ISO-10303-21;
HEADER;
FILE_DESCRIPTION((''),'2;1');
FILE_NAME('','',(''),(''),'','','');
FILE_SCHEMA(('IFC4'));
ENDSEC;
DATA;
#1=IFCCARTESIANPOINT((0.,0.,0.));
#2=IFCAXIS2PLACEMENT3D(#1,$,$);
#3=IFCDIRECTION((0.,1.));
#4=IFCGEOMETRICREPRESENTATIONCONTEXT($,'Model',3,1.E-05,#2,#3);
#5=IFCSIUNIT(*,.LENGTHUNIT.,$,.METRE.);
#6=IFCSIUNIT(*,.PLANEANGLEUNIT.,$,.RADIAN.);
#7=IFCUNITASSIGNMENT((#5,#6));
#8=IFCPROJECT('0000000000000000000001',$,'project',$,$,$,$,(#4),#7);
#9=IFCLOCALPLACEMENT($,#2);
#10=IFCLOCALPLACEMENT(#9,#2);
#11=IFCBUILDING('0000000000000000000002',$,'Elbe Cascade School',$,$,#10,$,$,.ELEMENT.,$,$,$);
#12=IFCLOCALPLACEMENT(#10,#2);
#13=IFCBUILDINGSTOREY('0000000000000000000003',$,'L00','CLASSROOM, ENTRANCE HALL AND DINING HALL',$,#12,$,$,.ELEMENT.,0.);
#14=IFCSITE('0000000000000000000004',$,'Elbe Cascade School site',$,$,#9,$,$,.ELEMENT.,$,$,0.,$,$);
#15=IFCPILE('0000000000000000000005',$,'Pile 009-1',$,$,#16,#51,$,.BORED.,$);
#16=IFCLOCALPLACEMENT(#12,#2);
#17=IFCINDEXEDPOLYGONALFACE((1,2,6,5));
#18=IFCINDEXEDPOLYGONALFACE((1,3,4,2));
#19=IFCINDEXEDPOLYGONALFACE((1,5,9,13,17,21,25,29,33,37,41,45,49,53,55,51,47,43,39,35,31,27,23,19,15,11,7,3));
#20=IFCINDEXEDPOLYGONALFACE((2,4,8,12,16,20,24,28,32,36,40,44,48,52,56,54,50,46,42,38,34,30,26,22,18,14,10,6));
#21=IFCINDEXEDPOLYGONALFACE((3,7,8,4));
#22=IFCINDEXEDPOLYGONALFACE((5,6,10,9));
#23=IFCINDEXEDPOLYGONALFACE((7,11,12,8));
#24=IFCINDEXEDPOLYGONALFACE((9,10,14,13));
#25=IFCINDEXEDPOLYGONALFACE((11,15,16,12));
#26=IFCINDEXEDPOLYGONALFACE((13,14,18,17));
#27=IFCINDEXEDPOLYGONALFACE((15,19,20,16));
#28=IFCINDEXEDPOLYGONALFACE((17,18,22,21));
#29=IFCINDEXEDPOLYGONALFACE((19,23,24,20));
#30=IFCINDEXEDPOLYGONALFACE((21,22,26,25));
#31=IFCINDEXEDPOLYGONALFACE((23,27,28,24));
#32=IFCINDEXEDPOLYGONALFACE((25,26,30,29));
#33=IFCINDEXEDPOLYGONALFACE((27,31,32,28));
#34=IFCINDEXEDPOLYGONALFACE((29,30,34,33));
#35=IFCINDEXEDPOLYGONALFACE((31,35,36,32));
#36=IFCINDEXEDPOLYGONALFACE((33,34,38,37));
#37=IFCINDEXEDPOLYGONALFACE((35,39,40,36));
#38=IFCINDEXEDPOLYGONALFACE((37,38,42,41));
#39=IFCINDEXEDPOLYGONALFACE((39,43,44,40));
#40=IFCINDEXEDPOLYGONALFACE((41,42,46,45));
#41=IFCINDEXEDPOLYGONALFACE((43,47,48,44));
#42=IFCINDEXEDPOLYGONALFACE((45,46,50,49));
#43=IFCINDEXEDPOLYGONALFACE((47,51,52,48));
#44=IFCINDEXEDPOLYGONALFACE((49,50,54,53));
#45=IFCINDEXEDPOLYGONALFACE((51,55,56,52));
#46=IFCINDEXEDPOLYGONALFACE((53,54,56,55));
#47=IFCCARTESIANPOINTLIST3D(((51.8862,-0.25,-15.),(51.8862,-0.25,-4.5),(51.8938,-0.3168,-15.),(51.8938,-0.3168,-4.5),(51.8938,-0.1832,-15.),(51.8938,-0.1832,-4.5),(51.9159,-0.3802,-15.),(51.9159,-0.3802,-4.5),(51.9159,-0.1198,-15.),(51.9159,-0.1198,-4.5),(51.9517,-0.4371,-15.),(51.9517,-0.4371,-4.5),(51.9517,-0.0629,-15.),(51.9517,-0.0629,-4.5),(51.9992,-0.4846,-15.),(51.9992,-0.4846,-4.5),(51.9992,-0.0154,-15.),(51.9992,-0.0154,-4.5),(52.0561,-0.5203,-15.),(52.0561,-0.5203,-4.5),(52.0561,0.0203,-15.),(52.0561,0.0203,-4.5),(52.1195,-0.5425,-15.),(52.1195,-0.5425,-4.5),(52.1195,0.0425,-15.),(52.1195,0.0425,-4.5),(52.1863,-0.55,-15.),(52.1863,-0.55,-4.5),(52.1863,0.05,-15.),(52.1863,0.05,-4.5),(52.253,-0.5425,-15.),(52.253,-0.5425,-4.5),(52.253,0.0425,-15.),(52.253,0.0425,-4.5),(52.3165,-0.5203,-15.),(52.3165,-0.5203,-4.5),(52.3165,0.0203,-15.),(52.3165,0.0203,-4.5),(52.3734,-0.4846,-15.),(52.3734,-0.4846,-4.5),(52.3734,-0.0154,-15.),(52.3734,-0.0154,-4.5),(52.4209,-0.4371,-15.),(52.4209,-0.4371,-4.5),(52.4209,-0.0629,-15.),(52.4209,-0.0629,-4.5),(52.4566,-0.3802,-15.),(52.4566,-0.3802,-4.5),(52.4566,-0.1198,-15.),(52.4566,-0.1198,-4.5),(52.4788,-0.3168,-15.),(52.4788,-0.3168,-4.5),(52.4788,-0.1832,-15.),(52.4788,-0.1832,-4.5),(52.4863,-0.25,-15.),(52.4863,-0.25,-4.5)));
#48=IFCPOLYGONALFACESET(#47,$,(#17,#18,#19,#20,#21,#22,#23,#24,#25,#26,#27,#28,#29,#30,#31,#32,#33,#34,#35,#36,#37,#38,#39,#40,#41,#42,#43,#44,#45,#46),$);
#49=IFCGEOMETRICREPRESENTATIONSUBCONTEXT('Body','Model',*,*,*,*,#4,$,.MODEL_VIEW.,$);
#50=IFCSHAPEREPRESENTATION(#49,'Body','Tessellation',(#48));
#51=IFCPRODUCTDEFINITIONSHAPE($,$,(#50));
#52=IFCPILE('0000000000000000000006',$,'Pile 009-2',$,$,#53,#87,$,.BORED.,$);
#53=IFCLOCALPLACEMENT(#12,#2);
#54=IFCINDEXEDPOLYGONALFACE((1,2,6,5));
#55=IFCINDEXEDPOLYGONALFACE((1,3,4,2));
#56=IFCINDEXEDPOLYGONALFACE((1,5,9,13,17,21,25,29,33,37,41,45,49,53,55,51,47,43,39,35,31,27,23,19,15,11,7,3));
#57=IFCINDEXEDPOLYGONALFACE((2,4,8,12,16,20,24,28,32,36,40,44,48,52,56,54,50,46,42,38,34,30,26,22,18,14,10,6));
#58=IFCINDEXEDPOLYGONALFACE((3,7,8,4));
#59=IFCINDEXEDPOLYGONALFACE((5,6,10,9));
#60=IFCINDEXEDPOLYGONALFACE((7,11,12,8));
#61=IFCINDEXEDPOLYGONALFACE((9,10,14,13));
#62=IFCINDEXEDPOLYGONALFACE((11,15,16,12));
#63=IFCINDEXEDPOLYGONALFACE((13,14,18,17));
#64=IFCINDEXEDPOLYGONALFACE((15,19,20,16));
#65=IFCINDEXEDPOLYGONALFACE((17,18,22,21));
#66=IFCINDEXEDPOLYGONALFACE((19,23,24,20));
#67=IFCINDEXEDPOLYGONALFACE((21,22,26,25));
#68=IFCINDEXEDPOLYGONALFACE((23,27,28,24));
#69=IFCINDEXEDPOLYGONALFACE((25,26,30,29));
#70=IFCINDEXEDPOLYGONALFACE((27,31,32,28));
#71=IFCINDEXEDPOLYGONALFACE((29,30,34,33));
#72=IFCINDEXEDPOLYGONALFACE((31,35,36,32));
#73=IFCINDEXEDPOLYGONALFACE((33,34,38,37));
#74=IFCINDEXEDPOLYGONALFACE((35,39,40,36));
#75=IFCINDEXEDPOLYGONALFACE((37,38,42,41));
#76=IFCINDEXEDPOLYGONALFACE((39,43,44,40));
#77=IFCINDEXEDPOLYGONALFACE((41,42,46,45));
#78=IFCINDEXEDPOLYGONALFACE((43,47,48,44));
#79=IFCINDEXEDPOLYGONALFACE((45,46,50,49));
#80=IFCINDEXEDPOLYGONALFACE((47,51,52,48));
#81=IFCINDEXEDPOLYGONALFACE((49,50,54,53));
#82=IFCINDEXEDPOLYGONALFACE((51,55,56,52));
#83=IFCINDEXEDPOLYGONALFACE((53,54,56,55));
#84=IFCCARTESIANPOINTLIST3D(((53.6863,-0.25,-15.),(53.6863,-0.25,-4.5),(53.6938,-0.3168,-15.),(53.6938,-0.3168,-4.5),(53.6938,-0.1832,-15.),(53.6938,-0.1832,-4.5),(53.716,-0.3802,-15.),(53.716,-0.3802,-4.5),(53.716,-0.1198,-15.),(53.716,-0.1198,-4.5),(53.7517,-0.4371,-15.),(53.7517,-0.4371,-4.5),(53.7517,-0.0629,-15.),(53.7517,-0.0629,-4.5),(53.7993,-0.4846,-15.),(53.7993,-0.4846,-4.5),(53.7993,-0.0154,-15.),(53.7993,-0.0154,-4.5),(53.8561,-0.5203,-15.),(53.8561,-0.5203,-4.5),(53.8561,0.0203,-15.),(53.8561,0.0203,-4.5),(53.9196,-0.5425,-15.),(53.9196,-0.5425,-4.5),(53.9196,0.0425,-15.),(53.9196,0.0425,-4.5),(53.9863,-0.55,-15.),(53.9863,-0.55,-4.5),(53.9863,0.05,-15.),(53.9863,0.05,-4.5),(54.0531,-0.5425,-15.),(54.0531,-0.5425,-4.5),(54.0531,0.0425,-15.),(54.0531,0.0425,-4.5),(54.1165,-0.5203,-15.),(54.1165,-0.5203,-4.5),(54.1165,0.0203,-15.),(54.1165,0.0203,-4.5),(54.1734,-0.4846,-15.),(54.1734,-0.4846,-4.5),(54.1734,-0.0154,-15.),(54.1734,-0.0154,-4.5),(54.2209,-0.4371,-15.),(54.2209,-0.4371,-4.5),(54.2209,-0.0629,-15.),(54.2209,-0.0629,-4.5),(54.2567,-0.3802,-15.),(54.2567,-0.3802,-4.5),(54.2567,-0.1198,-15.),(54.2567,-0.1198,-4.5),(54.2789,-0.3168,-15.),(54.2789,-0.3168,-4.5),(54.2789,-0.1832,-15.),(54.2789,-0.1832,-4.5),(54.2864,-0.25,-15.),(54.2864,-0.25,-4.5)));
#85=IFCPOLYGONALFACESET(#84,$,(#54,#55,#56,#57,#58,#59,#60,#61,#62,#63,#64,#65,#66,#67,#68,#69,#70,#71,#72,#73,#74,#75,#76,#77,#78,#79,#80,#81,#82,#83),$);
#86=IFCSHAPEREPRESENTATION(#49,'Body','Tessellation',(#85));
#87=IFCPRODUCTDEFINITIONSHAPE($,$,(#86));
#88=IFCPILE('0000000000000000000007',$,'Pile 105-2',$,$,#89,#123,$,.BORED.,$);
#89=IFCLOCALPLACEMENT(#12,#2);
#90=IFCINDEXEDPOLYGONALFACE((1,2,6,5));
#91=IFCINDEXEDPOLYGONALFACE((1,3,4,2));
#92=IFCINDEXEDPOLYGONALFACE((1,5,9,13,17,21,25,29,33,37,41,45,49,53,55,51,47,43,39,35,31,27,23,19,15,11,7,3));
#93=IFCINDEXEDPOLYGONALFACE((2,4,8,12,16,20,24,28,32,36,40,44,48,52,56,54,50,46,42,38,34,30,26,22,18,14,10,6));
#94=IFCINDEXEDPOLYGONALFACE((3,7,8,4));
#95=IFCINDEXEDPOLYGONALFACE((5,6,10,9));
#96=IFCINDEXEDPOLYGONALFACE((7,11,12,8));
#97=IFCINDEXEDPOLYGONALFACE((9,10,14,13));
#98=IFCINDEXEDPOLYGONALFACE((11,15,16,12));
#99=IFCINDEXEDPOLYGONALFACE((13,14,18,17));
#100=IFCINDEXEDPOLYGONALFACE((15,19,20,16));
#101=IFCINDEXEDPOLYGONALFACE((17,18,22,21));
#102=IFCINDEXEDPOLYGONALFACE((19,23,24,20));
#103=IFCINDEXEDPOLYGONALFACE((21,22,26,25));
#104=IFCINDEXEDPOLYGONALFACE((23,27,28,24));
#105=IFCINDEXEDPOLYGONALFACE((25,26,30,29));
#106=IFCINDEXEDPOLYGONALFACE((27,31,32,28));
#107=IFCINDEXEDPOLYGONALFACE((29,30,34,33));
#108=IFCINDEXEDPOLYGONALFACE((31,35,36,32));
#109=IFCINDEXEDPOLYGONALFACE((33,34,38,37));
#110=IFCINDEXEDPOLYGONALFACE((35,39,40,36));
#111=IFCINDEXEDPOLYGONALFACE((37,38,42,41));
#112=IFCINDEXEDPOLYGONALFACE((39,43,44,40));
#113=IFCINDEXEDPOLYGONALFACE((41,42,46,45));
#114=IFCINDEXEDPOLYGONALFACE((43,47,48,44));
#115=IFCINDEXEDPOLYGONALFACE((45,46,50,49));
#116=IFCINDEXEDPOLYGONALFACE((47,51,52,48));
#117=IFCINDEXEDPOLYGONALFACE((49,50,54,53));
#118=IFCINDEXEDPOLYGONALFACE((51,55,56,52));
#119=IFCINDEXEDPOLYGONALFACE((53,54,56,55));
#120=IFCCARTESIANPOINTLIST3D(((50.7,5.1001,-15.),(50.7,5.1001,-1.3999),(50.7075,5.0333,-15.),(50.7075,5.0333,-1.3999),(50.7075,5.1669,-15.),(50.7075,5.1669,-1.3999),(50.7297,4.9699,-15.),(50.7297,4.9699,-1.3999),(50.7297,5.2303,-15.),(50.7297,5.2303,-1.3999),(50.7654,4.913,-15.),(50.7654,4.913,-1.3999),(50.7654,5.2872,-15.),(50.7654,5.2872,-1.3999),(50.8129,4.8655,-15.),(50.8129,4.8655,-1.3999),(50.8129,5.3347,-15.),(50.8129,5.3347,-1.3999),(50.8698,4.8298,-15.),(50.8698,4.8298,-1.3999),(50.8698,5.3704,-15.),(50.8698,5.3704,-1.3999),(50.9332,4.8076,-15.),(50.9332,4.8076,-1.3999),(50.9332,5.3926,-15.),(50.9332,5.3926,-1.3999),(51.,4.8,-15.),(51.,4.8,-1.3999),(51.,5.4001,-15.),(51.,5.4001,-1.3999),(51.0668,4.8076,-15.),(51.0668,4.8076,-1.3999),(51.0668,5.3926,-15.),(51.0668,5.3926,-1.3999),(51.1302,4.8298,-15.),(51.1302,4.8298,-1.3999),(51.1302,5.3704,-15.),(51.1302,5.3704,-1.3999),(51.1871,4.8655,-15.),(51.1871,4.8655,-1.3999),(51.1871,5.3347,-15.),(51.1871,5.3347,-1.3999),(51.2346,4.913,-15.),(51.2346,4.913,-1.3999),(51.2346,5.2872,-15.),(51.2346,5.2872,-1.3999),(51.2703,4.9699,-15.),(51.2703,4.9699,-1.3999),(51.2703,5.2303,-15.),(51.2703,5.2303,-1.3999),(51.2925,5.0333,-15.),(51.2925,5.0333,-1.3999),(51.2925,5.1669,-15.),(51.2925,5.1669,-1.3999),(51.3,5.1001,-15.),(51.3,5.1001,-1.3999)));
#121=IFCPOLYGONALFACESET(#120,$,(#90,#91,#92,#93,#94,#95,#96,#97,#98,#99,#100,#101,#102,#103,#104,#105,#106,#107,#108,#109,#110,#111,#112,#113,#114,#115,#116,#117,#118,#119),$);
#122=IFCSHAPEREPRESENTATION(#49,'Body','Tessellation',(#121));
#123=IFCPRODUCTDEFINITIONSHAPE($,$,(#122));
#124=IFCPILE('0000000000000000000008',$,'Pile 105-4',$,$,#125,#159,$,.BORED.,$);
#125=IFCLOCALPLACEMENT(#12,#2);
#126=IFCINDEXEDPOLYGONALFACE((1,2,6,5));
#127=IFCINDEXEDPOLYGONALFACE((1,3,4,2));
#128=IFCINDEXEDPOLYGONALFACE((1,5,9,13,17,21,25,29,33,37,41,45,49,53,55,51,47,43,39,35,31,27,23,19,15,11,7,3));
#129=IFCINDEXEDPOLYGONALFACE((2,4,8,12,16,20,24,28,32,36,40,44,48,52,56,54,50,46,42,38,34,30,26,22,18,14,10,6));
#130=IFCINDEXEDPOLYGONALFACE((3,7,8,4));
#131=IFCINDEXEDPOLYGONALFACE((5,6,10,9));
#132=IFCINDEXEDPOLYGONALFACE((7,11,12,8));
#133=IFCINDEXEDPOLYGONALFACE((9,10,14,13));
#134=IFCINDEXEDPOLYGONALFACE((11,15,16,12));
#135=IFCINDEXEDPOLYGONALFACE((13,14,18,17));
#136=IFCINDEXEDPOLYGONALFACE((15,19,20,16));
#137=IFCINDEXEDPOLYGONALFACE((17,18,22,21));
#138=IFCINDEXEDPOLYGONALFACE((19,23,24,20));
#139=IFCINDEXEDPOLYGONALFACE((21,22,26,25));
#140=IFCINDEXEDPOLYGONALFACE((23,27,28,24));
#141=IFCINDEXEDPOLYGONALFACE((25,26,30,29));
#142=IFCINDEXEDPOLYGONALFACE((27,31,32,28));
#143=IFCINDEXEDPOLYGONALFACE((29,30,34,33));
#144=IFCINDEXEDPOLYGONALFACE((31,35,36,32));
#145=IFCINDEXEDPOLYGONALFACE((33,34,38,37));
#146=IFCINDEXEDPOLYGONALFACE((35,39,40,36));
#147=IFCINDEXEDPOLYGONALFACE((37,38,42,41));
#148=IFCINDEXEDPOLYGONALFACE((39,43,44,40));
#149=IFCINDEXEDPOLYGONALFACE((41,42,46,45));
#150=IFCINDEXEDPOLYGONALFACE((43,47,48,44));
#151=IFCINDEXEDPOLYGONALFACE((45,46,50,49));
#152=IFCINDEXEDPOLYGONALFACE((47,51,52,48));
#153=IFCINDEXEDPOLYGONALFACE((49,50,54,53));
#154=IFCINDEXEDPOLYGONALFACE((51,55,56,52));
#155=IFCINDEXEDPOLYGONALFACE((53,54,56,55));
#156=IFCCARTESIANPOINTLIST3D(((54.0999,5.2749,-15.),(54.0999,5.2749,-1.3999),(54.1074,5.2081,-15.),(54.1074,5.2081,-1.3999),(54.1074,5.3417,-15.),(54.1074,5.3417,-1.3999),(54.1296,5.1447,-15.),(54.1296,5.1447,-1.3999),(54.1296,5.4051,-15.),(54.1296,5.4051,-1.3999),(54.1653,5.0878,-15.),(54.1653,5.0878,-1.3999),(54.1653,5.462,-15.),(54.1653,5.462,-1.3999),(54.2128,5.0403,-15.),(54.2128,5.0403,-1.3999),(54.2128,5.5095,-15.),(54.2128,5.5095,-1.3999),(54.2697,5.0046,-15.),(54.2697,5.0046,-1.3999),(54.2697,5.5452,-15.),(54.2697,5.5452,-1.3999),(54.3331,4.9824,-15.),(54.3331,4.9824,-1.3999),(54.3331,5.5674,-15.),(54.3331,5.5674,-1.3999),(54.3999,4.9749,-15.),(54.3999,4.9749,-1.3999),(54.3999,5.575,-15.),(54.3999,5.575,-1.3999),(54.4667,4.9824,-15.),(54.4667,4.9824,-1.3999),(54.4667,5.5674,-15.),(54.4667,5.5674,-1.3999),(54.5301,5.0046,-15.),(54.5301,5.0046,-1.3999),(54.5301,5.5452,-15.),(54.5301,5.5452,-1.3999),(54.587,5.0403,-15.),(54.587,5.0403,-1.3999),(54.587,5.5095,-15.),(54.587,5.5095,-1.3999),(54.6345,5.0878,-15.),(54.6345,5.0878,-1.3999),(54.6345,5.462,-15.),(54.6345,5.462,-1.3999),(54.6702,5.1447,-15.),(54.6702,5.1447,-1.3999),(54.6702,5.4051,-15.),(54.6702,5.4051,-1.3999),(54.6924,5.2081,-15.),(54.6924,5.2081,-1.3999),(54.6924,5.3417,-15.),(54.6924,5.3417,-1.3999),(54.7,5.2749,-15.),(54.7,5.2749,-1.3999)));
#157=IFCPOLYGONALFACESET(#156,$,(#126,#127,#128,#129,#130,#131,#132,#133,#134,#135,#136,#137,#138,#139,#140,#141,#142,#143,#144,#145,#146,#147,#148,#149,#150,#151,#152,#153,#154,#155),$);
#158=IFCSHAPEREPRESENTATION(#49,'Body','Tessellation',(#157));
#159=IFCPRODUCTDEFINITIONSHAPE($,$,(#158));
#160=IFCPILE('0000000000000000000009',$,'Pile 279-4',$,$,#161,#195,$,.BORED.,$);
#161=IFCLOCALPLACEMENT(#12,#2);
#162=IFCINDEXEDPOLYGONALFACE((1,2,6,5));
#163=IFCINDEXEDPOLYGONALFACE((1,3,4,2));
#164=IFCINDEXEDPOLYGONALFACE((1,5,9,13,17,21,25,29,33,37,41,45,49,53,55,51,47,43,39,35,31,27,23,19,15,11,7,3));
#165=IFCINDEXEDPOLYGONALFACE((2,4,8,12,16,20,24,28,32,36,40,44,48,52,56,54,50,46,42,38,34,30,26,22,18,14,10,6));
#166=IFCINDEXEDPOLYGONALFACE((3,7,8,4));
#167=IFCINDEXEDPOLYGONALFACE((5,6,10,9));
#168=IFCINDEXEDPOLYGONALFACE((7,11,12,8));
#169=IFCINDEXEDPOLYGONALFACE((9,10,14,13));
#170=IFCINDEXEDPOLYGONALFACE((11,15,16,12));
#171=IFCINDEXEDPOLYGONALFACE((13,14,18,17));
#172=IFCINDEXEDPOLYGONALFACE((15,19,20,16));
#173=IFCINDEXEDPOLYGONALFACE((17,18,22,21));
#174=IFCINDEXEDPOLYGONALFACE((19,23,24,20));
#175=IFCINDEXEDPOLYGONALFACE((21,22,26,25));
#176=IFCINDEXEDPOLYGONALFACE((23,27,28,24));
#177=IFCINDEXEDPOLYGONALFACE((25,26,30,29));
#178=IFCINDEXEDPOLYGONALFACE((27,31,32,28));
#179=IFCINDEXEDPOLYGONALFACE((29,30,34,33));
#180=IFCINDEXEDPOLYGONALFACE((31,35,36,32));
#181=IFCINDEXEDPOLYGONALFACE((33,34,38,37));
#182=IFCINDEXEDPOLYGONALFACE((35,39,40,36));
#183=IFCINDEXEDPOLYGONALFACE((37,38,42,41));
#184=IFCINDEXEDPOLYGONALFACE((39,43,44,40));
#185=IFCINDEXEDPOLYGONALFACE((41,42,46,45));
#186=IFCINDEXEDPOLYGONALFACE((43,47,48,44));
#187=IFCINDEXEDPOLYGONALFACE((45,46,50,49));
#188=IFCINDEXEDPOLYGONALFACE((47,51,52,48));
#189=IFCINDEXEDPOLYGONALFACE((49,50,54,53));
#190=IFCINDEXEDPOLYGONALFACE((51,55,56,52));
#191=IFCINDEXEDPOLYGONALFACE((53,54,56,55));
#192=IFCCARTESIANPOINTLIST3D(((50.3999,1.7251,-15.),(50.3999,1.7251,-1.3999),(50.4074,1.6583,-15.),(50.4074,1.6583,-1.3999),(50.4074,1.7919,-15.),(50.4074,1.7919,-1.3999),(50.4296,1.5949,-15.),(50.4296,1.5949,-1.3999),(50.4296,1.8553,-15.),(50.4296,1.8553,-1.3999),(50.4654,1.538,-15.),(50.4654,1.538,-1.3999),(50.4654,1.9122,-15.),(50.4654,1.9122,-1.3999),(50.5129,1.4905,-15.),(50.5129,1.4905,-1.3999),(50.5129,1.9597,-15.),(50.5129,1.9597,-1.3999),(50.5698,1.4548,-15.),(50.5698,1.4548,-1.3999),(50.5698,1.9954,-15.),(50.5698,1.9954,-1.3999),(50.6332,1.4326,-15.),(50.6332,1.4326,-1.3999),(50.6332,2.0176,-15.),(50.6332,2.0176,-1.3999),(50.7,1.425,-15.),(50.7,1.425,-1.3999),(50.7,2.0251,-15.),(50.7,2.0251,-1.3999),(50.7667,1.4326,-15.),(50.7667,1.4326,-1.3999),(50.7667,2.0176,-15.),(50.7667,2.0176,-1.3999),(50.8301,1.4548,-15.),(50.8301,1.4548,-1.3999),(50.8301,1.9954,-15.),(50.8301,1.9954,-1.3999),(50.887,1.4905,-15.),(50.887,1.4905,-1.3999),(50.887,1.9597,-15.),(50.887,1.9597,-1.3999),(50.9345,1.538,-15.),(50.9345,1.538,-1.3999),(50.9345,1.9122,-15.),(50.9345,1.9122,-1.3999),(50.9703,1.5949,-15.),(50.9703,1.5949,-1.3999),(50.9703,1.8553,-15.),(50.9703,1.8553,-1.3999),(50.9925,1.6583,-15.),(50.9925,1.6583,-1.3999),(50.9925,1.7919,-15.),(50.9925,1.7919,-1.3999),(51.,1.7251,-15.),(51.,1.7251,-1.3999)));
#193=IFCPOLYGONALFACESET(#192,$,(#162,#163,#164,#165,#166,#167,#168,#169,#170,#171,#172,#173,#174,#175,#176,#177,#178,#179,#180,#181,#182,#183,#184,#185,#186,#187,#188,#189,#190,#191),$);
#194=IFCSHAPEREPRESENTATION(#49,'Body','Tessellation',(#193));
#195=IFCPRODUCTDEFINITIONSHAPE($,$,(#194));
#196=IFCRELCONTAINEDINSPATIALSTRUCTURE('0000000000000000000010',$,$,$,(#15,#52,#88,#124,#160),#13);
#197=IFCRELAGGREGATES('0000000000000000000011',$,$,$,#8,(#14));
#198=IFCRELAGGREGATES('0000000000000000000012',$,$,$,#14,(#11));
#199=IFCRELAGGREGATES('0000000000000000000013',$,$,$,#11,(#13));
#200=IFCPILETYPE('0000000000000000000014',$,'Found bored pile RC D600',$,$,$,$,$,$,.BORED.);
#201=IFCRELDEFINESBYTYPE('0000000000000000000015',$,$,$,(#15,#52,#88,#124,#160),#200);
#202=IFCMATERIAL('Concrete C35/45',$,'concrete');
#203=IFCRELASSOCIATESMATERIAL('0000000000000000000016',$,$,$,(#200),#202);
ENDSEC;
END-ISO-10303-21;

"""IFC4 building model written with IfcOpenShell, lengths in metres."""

from ifc_helpers import new_model, si_unit, direction, frame, origin, origin_2d, place, context, subcontext, project, spatial, circle, extrude, material, material_profile, profile_set, type_object, element, save


model = new_model("IFC4")

# Units and contexts
model_context = context("Model", 3, precision=1e-05, world=origin(), true_north=direction((0.0, 1.0)))
body_context = subcontext(model_context, "Body", "Model", "MODEL_VIEW")
ifc_project = project(units=[si_unit("LENGTHUNIT", "METRE"), si_unit("PLANEANGLEUNIT", "RADIAN")], contexts=[model_context])

# Site, building, storey
site_placement = place(None, origin())
site = spatial("IfcSite", under=ifc_project, at=site_placement, Name="Elbe Cascade School site", CompositionType="ELEMENT", RefElevation=0.0)
building_placement = place(site_placement, origin())
building = spatial("IfcBuilding", under=site, at=building_placement, Name="Elbe Cascade School", CompositionType="ELEMENT")
storey_placement = place(building_placement, origin())
storey = spatial("IfcBuildingStorey", under=building, at=storey_placement, Name="L00", Description="CLASSROOM, ENTRANCE HALL AND DINING HALL", CompositionType="ELEMENT", Elevation=0.0)

# Piles
ifc_material_1 = material(Name="Concrete C35/45", Category="concrete")
ifc_material_profile_1 = material_profile(ifc_material_1, circle(Radius=0.3, at=origin_2d()), Name="RC D600")
ifc_profile_set_1 = profile_set([ifc_material_profile_1], Name="Concrete C35/45")
pile_type = type_object("IfcPileType", Name="Found bored pile RC D600", PredefinedType="BORED", material=ifc_profile_set_1)
for number, where, z_axis, x_axis, name in (
    (1, (52.1863, -0.25, -4.5), (0.0, 0.0, -1.0), (1.0, 0.0, 0.0), "Pile 009-1"),
    (2, (53.9863, -0.25, -4.5), (0.0, 0.0, -1.0), (1.0, 0.0, 0.0), "Pile 009-2"),
):
    element("IfcPile", number, at=place(storey_placement, frame(where, z_axis=z_axis, x_axis=x_axis)), inside=storey, type_object=pile_type, Name=name, PredefinedType="BORED", context=body_context, shape_type="SweptSolid", body=[
        extrude(circle(Radius=0.3, at=origin_2d()), origin(), (0.0, 0.0, 1.0), 10.5),
    ])
for number, where, z_axis, x_axis, name in (
    (3, (51.0, 5.1001, -1.3999), (0.0, 0.0, -1.0), (1.0, 0.0, 0.0), "Pile 105-2"),
    (4, (54.3999, 5.2749, -1.3999), (0.0, 0.0, -1.0), (1.0, 0.0, 0.0), "Pile 105-4"),
    (5, (50.7, 1.7251, -1.3999), (0.0, 0.0, -1.0), (1.0, 0.0, 0.0), "Pile 279-4"),
):
    element("IfcPile", number, at=place(storey_placement, frame(where, z_axis=z_axis, x_axis=x_axis)), inside=storey, type_object=pile_type, Name=name, PredefinedType="BORED", context=body_context, shape_type="SweptSolid", body=[
        extrude(circle(Radius=0.3, at=origin_2d()), origin(), (0.0, 0.0, 1.0), 13.6001),
    ])

save(model, "model.ifc")
